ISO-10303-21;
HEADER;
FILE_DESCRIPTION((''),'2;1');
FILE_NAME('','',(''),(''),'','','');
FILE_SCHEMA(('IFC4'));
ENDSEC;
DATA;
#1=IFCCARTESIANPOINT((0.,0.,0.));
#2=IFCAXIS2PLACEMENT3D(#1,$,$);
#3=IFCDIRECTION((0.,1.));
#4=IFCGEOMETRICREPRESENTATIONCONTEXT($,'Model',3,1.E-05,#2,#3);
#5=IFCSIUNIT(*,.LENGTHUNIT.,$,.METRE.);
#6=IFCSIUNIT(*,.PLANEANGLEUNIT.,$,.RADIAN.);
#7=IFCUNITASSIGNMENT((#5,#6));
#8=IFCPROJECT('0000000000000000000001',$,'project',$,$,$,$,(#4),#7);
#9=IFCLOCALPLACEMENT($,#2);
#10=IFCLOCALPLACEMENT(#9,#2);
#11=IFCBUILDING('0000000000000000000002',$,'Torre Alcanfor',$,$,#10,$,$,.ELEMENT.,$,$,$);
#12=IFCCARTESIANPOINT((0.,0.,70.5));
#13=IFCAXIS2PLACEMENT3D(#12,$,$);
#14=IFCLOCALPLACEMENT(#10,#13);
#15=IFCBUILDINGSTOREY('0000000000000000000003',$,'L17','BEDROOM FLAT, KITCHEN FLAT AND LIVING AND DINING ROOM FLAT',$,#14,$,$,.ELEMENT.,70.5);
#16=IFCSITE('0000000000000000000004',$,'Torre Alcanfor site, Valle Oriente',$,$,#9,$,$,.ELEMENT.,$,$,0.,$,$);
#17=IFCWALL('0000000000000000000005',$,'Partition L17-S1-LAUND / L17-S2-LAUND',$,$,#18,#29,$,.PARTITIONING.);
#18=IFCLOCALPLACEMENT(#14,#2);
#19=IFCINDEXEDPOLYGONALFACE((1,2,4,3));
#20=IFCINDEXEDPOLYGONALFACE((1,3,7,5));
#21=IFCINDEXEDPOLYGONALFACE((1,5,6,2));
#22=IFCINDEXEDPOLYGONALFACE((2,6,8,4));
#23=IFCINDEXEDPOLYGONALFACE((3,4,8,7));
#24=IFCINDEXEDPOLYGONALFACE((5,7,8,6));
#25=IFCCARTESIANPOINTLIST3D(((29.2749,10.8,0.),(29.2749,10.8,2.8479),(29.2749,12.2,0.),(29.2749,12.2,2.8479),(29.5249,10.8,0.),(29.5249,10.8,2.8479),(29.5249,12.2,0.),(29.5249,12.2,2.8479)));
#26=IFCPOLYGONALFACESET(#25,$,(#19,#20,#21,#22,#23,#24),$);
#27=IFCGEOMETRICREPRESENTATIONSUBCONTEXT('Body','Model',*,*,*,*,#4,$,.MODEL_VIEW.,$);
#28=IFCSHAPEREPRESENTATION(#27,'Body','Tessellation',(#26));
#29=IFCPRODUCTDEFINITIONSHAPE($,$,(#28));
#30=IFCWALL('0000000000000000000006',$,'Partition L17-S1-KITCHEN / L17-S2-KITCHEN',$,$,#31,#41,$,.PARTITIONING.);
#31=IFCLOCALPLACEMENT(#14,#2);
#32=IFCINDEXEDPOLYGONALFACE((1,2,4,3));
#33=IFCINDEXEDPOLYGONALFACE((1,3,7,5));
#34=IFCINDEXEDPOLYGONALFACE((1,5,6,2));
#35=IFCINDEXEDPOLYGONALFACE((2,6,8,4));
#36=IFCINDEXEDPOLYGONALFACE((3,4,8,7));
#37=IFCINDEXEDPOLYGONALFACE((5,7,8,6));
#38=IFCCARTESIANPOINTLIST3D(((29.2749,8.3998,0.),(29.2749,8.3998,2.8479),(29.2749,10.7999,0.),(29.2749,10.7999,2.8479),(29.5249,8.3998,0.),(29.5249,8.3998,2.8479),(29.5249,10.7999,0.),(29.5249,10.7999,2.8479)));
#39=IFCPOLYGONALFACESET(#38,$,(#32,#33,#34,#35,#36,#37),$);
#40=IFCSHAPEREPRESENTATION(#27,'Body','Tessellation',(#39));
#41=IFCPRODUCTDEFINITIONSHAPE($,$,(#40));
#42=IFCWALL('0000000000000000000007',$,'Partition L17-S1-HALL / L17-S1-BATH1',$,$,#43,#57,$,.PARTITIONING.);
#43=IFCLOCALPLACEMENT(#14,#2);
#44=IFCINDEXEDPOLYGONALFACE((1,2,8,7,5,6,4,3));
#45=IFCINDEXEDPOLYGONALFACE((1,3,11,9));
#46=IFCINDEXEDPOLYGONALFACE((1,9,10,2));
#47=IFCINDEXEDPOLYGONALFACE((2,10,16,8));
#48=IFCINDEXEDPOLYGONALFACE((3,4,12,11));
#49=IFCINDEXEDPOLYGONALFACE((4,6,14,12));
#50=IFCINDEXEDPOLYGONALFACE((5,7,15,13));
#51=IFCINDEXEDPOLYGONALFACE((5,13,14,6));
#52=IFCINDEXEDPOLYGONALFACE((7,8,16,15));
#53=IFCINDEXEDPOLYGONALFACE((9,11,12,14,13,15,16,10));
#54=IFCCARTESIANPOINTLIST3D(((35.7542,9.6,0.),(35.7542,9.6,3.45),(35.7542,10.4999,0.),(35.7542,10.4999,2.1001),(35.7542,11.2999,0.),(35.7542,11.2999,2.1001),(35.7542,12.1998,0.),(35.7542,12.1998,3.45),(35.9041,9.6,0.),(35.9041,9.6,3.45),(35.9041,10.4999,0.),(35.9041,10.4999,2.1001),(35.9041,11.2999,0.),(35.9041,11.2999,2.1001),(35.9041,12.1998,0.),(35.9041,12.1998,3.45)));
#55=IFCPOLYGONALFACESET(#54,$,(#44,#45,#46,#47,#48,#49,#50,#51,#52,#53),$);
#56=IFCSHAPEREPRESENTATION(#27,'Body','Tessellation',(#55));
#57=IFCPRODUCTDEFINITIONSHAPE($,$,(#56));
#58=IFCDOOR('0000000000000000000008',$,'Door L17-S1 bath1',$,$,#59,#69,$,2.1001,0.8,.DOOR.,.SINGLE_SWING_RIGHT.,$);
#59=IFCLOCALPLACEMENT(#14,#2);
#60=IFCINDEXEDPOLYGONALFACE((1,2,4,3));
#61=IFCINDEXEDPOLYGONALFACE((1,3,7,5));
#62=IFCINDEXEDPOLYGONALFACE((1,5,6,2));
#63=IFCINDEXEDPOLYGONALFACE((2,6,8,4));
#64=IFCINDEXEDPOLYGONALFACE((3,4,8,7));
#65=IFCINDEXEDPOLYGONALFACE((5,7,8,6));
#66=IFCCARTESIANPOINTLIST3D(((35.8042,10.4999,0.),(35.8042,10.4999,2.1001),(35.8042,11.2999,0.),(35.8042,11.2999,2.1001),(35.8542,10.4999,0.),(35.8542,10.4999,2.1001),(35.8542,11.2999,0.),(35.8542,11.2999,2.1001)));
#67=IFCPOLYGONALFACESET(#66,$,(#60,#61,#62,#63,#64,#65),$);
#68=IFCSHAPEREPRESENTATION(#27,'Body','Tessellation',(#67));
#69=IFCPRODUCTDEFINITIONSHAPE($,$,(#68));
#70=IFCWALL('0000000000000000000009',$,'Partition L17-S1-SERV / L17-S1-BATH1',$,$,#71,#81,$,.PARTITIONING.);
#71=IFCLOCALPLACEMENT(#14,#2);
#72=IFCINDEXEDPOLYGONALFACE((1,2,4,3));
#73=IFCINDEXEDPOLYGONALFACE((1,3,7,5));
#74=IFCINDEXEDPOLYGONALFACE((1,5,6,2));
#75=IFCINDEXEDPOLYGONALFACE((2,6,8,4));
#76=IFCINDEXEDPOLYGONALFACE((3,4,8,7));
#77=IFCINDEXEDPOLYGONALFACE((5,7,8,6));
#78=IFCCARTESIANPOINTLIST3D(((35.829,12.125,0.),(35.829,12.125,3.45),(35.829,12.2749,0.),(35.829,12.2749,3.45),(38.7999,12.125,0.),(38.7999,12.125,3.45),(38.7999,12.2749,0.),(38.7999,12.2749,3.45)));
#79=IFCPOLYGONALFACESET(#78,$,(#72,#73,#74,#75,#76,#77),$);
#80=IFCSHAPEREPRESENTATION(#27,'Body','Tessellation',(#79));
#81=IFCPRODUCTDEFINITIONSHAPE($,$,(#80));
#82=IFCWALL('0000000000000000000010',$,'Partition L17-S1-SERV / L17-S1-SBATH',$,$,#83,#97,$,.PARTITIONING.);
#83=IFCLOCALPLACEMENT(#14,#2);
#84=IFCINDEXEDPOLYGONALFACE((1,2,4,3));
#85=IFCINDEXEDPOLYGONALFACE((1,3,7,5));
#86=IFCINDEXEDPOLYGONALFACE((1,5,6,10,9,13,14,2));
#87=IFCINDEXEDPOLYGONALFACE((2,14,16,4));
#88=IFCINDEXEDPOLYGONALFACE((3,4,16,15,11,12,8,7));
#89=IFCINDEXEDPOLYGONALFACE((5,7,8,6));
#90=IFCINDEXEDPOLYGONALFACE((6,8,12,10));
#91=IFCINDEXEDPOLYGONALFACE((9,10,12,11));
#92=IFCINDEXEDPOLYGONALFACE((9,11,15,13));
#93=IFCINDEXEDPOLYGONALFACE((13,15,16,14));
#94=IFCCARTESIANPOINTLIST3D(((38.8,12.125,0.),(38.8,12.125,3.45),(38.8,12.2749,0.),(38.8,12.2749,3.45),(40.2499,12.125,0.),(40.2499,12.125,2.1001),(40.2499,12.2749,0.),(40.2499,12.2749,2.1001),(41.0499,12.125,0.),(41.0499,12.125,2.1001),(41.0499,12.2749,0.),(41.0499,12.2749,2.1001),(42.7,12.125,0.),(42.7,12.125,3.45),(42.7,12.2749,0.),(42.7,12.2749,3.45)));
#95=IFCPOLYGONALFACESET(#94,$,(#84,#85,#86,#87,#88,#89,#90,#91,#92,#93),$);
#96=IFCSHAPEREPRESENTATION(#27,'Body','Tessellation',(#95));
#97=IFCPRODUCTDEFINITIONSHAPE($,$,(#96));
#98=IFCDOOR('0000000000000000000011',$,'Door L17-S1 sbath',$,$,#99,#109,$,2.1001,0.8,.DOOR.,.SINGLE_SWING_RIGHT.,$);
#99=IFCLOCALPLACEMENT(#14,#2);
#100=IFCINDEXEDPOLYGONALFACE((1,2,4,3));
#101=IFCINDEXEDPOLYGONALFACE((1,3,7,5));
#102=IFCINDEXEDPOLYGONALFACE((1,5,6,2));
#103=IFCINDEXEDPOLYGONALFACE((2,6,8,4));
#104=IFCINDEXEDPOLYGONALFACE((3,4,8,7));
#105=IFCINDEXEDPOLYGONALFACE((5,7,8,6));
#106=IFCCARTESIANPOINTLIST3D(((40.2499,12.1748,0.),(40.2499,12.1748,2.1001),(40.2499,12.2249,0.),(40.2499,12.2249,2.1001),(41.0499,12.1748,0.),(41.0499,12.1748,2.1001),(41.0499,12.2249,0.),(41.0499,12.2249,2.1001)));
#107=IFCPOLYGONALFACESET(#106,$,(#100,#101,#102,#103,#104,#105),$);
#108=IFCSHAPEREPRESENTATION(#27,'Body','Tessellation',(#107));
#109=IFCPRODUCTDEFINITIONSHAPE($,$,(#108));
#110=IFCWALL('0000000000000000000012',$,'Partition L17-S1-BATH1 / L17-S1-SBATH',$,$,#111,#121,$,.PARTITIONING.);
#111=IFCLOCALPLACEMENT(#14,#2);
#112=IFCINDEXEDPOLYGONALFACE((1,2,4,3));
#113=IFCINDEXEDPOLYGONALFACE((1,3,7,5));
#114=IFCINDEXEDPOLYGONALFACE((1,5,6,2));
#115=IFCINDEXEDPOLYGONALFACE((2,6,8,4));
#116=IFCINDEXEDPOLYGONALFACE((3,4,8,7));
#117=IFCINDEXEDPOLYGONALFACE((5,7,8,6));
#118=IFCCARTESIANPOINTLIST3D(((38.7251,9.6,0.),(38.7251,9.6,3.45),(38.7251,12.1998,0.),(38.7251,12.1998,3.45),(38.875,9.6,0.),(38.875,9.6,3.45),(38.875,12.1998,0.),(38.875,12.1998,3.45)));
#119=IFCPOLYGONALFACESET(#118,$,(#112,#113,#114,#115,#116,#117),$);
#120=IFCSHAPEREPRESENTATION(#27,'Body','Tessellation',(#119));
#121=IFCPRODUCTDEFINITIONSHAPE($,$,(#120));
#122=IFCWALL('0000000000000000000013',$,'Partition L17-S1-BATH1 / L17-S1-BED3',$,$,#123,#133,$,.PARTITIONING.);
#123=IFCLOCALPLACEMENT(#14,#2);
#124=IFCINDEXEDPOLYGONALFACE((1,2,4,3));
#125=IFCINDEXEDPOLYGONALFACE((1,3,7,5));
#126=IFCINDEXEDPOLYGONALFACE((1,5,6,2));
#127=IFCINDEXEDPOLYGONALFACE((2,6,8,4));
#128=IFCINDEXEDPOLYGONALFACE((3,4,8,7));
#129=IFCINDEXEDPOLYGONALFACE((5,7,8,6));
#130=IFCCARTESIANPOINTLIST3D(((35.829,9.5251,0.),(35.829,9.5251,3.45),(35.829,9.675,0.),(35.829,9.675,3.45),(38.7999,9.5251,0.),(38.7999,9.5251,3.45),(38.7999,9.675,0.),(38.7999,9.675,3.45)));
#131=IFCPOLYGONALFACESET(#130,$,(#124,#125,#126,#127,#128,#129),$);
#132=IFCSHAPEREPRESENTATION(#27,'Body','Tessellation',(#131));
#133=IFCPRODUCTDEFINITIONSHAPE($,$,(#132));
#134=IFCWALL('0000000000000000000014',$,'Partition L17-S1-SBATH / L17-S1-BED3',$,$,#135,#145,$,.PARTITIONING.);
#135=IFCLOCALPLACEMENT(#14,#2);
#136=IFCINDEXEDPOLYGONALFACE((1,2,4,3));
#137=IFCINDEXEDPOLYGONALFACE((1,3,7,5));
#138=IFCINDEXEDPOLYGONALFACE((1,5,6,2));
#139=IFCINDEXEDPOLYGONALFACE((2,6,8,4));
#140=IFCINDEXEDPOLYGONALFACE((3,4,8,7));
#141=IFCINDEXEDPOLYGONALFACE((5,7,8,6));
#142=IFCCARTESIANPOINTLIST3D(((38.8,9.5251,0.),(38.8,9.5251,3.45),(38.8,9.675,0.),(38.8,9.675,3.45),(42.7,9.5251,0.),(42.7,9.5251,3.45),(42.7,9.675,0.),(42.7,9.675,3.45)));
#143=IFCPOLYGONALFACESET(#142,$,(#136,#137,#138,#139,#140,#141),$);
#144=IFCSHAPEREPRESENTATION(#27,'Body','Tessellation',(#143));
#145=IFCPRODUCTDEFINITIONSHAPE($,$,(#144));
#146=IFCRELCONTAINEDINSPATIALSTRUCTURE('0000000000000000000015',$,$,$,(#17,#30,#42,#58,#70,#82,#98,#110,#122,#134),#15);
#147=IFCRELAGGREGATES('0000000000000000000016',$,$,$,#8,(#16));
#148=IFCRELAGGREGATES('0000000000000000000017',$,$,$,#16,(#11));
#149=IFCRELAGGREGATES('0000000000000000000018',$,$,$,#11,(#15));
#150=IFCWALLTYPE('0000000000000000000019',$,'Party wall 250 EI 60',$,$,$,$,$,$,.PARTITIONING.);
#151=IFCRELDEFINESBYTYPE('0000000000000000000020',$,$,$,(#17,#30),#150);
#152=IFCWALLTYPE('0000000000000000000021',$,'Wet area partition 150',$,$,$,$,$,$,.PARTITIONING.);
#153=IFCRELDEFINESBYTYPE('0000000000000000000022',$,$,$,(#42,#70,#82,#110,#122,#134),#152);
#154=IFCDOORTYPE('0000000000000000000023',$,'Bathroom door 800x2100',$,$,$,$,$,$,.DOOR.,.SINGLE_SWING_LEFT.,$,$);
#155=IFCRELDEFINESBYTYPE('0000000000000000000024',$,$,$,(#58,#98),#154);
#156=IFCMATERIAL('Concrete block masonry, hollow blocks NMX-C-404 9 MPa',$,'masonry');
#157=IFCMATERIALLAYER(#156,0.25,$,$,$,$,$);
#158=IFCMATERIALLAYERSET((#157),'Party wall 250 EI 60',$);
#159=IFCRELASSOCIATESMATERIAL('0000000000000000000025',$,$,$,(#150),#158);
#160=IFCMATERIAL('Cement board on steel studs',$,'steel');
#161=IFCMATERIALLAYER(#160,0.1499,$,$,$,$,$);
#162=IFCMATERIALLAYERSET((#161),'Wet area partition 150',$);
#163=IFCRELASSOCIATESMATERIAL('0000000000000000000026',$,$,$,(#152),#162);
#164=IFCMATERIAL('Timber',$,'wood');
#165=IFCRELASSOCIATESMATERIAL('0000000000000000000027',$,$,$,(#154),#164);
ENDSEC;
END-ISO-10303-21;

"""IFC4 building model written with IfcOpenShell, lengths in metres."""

from ifc_helpers import new_model, si_unit, direction, frame, frame_2d, origin, place, context, subcontext, project, spatial, rectangle, extrude, material, layer, layer_set, type_object, element, fill, save


model = new_model("IFC4")

# Units and contexts
model_context = context("Model", 3, precision=1e-05, world=origin(), true_north=direction((0.0, 1.0)))
body_context = subcontext(model_context, "Body", "Model", "MODEL_VIEW")
ifc_project = project(units=[si_unit("LENGTHUNIT", "METRE"), si_unit("PLANEANGLEUNIT", "RADIAN")], contexts=[model_context])

# Site, building, storey
site_placement = place(None, origin())
site = spatial("IfcSite", under=ifc_project, at=site_placement, Name="Torre Alcanfor site, Valle Oriente", CompositionType="ELEMENT", RefElevation=0.0)
building_placement = place(site_placement, origin())
building = spatial("IfcBuilding", under=site, at=building_placement, Name="Torre Alcanfor", CompositionType="ELEMENT")
storey_placement = place(building_placement, frame((0.0, 0.0, 70.5)))
storey = spatial("IfcBuildingStorey", under=building, at=storey_placement, Name="L17", Description="BEDROOM FLAT, KITCHEN FLAT AND LIVING AND DINING ROOM FLAT", CompositionType="ELEMENT", Elevation=70.5)

# Walls
ifc_material_1 = material(Name="Concrete block masonry, hollow blocks NMX-C-404 9 MPa", Category="masonry")
ifc_layer_1 = layer(ifc_material_1, 0.25)
ifc_layer_set_1 = layer_set([ifc_layer_1], Name="Party wall 250 EI 60")
wall_type_1 = type_object("IfcWallType", Name="Party wall 250 EI 60", PredefinedType="PARTITIONING", material=ifc_layer_set_1)
wall_1_placement = place(storey_placement, frame((29.3999, 12.2, 0.0), z_axis=(0.0, 0.0, 1.0), x_axis=(0.0, -1.0, 0.0)))
element("IfcWall", 1, at=wall_1_placement, inside=storey, type_object=wall_type_1, Name="Partition L17-S1-LAUND / L17-S2-LAUND", PredefinedType="PARTITIONING", context=body_context, shape_type="SweptSolid", body=[
    extrude(rectangle(XDim=1.3999, YDim=0.25, at=frame_2d((0.7, 0.0))), origin(), (0.0, 0.0, 1.0), 2.8479),
])
wall_2_placement = place(storey_placement, frame((29.3999, 10.8, 0.0), z_axis=(0.0, 0.0, 1.0), x_axis=(0.0, -1.0, 0.0)))
element("IfcWall", 2, at=wall_2_placement, inside=storey, type_object=wall_type_1, Name="Partition L17-S1-KITCHEN / L17-S2-KITCHEN", PredefinedType="PARTITIONING", context=body_context, shape_type="SweptSolid", body=[
    extrude(rectangle(XDim=2.4001, YDim=0.25, at=frame_2d((1.2002, 0.0))), origin(), (0.0, 0.0, 1.0), 2.8479),
])

# Wall, opening, door
ifc_material_2 = material(Name="Cement board on steel studs", Category="steel")
ifc_layer_2 = layer(ifc_material_2, 0.1499)
ifc_layer_set_2 = layer_set([ifc_layer_2], Name="Wet area partition 150")
wall_type_2 = type_object("IfcWallType", Name="Wet area partition 150", PredefinedType="PARTITIONING", material=ifc_layer_set_2)
wall_3_placement = place(storey_placement, frame((35.8291, 9.6001, 0.0), z_axis=(0.0, 0.0, 1.0), x_axis=(0.0, 1.0, 0.0)))
wall_3 = element("IfcWall", 3, at=wall_3_placement, inside=storey, type_object=wall_type_2, Name="Partition L17-S1-HALL / L17-S1-BATH1", PredefinedType="PARTITIONING", context=body_context, shape_type="SweptSolid", body=[
    extrude(rectangle(XDim=2.5999, YDim=0.1499, at=frame_2d((1.2998, 0.0))), origin(), (0.0, 0.0, 1.0), 3.45),
])
opening_1_placement = place(wall_3_placement, frame((0.8999, 0.0, 0.0)))
opening_1 = element("IfcOpeningElement", 4, at=opening_1_placement, cuts=wall_3, PredefinedType="OPENING", context=body_context, shape_type="SweptSolid", body=[
    extrude(rectangle(XDim=0.8, YDim=2.1001, at=frame_2d((0.3999, 1.05))), frame((0.0, 0.085, 0.0), z_axis=(0.0, -1.0, 0.0), x_axis=(1.0, 0.0, 0.0)), (0.0, 0.0, 1.0), 0.1699),
])
ifc_material_3 = material(Name="Timber", Category="wood")
door_type_1 = type_object("IfcDoorType", Name="Bathroom door 800x2100", OperationType="SINGLE_SWING_LEFT", PredefinedType="DOOR", material=ifc_material_3)
door_1_placement = place(opening_1_placement, frame((0.8, 0.0, 0.0), z_axis=(0.0, 0.0, 1.0), x_axis=(-1.0, 0.0, 0.0)))
door_1 = element("IfcDoor", 5, at=door_1_placement, inside=storey, type_object=door_type_1, Name="Door L17-S1 bath1", OperationType="SINGLE_SWING_RIGHT", OverallHeight=2.1001, OverallWidth=0.8, PredefinedType="DOOR", context=body_context, shape_type="SweptSolid", body=[
    extrude(rectangle(XDim=0.8, YDim=2.1001, at=frame_2d((0.4001, 1.05))), frame((0.0, 0.0251, 0.0), z_axis=(0.0, -1.0, 0.0), x_axis=(1.0, 0.0, 0.0)), (0.0, 0.0, 1.0), 0.05),
])
fill(opening_1, door_1)

# Wall
wall_4_placement = place(storey_placement, frame((35.8291, 12.2, 0.0), z_axis=(0.0, 0.0, 1.0), x_axis=(1.0, 0.0, 0.0)))
element("IfcWall", 6, at=wall_4_placement, inside=storey, type_object=wall_type_2, Name="Partition L17-S1-SERV / L17-S1-BATH1", PredefinedType="PARTITIONING", context=body_context, shape_type="SweptSolid", body=[
    extrude(rectangle(XDim=2.9709, YDim=0.1499, at=frame_2d((1.4854, 0.0))), origin(), (0.0, 0.0, 1.0), 3.45),
])

# Wall, opening, door
wall_5_placement = place(storey_placement, frame((38.8, 12.2, 0.0), z_axis=(0.0, 0.0, 1.0), x_axis=(1.0, 0.0, 0.0)))
wall_5 = element("IfcWall", 7, at=wall_5_placement, inside=storey, type_object=wall_type_2, Name="Partition L17-S1-SERV / L17-S1-SBATH", PredefinedType="PARTITIONING", context=body_context, shape_type="SweptSolid", body=[
    extrude(rectangle(XDim=3.8999, YDim=0.1499, at=frame_2d((1.95, 0.0))), origin(), (0.0, 0.0, 1.0), 3.45),
])
opening_2_placement = place(wall_5_placement, frame((1.45, 0.0, 0.0)))
opening_2 = element("IfcOpeningElement", 8, at=opening_2_placement, cuts=wall_5, PredefinedType="OPENING", context=body_context, shape_type="SweptSolid", body=[
    extrude(rectangle(XDim=0.8, YDim=2.1001, at=frame_2d((0.3999, 1.05))), frame((0.0, 0.085, 0.0), z_axis=(0.0, -1.0, 0.0), x_axis=(1.0, 0.0, 0.0)), (0.0, 0.0, 1.0), 0.1699),
])
door_2_placement = place(opening_2_placement, frame((0.8, 0.0, 0.0), z_axis=(0.0, 0.0, 1.0), x_axis=(-1.0, 0.0, 0.0)))
door_2 = element("IfcDoor", 9, at=door_2_placement, inside=storey, type_object=door_type_1, Name="Door L17-S1 sbath", OperationType="SINGLE_SWING_RIGHT", OverallHeight=2.1001, OverallWidth=0.8, PredefinedType="DOOR", context=body_context, shape_type="SweptSolid", body=[
    extrude(rectangle(XDim=0.8, YDim=2.1001, at=frame_2d((0.4001, 1.05))), frame((0.0, 0.0251, 0.0), z_axis=(0.0, -1.0, 0.0), x_axis=(1.0, 0.0, 0.0)), (0.0, 0.0, 1.0), 0.05),
])
fill(opening_2, door_2)

# Walls
wall_6_placement = place(storey_placement, frame((38.8, 9.6001, 0.0), z_axis=(0.0, 0.0, 1.0), x_axis=(0.0, 1.0, 0.0)))
element("IfcWall", 10, at=wall_6_placement, inside=storey, type_object=wall_type_2, Name="Partition L17-S1-BATH1 / L17-S1-SBATH", PredefinedType="PARTITIONING", context=body_context, shape_type="SweptSolid", body=[
    extrude(rectangle(XDim=2.5999, YDim=0.1499, at=frame_2d((1.2998, 0.0))), origin(), (0.0, 0.0, 1.0), 3.45),
])
wall_7_placement = place(storey_placement, frame((35.8291, 9.6001, 0.0), z_axis=(0.0, 0.0, 1.0), x_axis=(1.0, 0.0, 0.0)))
element("IfcWall", 11, at=wall_7_placement, inside=storey, type_object=wall_type_2, Name="Partition L17-S1-BATH1 / L17-S1-BED3", PredefinedType="PARTITIONING", context=body_context, shape_type="SweptSolid", body=[
    extrude(rectangle(XDim=2.9709, YDim=0.1499, at=frame_2d((1.4854, 0.0))), origin(), (0.0, 0.0, 1.0), 3.45),
])
wall_8_placement = place(storey_placement, frame((38.8, 9.6001, 0.0), z_axis=(0.0, 0.0, 1.0), x_axis=(1.0, 0.0, 0.0)))
element("IfcWall", 12, at=wall_8_placement, inside=storey, type_object=wall_type_2, Name="Partition L17-S1-SBATH / L17-S1-BED3", PredefinedType="PARTITIONING", context=body_context, shape_type="SweptSolid", body=[
    extrude(rectangle(XDim=3.8999, YDim=0.1499, at=frame_2d((1.95, 0.0))), origin(), (0.0, 0.0, 1.0), 3.45),
])

save(model, "model.ifc")
